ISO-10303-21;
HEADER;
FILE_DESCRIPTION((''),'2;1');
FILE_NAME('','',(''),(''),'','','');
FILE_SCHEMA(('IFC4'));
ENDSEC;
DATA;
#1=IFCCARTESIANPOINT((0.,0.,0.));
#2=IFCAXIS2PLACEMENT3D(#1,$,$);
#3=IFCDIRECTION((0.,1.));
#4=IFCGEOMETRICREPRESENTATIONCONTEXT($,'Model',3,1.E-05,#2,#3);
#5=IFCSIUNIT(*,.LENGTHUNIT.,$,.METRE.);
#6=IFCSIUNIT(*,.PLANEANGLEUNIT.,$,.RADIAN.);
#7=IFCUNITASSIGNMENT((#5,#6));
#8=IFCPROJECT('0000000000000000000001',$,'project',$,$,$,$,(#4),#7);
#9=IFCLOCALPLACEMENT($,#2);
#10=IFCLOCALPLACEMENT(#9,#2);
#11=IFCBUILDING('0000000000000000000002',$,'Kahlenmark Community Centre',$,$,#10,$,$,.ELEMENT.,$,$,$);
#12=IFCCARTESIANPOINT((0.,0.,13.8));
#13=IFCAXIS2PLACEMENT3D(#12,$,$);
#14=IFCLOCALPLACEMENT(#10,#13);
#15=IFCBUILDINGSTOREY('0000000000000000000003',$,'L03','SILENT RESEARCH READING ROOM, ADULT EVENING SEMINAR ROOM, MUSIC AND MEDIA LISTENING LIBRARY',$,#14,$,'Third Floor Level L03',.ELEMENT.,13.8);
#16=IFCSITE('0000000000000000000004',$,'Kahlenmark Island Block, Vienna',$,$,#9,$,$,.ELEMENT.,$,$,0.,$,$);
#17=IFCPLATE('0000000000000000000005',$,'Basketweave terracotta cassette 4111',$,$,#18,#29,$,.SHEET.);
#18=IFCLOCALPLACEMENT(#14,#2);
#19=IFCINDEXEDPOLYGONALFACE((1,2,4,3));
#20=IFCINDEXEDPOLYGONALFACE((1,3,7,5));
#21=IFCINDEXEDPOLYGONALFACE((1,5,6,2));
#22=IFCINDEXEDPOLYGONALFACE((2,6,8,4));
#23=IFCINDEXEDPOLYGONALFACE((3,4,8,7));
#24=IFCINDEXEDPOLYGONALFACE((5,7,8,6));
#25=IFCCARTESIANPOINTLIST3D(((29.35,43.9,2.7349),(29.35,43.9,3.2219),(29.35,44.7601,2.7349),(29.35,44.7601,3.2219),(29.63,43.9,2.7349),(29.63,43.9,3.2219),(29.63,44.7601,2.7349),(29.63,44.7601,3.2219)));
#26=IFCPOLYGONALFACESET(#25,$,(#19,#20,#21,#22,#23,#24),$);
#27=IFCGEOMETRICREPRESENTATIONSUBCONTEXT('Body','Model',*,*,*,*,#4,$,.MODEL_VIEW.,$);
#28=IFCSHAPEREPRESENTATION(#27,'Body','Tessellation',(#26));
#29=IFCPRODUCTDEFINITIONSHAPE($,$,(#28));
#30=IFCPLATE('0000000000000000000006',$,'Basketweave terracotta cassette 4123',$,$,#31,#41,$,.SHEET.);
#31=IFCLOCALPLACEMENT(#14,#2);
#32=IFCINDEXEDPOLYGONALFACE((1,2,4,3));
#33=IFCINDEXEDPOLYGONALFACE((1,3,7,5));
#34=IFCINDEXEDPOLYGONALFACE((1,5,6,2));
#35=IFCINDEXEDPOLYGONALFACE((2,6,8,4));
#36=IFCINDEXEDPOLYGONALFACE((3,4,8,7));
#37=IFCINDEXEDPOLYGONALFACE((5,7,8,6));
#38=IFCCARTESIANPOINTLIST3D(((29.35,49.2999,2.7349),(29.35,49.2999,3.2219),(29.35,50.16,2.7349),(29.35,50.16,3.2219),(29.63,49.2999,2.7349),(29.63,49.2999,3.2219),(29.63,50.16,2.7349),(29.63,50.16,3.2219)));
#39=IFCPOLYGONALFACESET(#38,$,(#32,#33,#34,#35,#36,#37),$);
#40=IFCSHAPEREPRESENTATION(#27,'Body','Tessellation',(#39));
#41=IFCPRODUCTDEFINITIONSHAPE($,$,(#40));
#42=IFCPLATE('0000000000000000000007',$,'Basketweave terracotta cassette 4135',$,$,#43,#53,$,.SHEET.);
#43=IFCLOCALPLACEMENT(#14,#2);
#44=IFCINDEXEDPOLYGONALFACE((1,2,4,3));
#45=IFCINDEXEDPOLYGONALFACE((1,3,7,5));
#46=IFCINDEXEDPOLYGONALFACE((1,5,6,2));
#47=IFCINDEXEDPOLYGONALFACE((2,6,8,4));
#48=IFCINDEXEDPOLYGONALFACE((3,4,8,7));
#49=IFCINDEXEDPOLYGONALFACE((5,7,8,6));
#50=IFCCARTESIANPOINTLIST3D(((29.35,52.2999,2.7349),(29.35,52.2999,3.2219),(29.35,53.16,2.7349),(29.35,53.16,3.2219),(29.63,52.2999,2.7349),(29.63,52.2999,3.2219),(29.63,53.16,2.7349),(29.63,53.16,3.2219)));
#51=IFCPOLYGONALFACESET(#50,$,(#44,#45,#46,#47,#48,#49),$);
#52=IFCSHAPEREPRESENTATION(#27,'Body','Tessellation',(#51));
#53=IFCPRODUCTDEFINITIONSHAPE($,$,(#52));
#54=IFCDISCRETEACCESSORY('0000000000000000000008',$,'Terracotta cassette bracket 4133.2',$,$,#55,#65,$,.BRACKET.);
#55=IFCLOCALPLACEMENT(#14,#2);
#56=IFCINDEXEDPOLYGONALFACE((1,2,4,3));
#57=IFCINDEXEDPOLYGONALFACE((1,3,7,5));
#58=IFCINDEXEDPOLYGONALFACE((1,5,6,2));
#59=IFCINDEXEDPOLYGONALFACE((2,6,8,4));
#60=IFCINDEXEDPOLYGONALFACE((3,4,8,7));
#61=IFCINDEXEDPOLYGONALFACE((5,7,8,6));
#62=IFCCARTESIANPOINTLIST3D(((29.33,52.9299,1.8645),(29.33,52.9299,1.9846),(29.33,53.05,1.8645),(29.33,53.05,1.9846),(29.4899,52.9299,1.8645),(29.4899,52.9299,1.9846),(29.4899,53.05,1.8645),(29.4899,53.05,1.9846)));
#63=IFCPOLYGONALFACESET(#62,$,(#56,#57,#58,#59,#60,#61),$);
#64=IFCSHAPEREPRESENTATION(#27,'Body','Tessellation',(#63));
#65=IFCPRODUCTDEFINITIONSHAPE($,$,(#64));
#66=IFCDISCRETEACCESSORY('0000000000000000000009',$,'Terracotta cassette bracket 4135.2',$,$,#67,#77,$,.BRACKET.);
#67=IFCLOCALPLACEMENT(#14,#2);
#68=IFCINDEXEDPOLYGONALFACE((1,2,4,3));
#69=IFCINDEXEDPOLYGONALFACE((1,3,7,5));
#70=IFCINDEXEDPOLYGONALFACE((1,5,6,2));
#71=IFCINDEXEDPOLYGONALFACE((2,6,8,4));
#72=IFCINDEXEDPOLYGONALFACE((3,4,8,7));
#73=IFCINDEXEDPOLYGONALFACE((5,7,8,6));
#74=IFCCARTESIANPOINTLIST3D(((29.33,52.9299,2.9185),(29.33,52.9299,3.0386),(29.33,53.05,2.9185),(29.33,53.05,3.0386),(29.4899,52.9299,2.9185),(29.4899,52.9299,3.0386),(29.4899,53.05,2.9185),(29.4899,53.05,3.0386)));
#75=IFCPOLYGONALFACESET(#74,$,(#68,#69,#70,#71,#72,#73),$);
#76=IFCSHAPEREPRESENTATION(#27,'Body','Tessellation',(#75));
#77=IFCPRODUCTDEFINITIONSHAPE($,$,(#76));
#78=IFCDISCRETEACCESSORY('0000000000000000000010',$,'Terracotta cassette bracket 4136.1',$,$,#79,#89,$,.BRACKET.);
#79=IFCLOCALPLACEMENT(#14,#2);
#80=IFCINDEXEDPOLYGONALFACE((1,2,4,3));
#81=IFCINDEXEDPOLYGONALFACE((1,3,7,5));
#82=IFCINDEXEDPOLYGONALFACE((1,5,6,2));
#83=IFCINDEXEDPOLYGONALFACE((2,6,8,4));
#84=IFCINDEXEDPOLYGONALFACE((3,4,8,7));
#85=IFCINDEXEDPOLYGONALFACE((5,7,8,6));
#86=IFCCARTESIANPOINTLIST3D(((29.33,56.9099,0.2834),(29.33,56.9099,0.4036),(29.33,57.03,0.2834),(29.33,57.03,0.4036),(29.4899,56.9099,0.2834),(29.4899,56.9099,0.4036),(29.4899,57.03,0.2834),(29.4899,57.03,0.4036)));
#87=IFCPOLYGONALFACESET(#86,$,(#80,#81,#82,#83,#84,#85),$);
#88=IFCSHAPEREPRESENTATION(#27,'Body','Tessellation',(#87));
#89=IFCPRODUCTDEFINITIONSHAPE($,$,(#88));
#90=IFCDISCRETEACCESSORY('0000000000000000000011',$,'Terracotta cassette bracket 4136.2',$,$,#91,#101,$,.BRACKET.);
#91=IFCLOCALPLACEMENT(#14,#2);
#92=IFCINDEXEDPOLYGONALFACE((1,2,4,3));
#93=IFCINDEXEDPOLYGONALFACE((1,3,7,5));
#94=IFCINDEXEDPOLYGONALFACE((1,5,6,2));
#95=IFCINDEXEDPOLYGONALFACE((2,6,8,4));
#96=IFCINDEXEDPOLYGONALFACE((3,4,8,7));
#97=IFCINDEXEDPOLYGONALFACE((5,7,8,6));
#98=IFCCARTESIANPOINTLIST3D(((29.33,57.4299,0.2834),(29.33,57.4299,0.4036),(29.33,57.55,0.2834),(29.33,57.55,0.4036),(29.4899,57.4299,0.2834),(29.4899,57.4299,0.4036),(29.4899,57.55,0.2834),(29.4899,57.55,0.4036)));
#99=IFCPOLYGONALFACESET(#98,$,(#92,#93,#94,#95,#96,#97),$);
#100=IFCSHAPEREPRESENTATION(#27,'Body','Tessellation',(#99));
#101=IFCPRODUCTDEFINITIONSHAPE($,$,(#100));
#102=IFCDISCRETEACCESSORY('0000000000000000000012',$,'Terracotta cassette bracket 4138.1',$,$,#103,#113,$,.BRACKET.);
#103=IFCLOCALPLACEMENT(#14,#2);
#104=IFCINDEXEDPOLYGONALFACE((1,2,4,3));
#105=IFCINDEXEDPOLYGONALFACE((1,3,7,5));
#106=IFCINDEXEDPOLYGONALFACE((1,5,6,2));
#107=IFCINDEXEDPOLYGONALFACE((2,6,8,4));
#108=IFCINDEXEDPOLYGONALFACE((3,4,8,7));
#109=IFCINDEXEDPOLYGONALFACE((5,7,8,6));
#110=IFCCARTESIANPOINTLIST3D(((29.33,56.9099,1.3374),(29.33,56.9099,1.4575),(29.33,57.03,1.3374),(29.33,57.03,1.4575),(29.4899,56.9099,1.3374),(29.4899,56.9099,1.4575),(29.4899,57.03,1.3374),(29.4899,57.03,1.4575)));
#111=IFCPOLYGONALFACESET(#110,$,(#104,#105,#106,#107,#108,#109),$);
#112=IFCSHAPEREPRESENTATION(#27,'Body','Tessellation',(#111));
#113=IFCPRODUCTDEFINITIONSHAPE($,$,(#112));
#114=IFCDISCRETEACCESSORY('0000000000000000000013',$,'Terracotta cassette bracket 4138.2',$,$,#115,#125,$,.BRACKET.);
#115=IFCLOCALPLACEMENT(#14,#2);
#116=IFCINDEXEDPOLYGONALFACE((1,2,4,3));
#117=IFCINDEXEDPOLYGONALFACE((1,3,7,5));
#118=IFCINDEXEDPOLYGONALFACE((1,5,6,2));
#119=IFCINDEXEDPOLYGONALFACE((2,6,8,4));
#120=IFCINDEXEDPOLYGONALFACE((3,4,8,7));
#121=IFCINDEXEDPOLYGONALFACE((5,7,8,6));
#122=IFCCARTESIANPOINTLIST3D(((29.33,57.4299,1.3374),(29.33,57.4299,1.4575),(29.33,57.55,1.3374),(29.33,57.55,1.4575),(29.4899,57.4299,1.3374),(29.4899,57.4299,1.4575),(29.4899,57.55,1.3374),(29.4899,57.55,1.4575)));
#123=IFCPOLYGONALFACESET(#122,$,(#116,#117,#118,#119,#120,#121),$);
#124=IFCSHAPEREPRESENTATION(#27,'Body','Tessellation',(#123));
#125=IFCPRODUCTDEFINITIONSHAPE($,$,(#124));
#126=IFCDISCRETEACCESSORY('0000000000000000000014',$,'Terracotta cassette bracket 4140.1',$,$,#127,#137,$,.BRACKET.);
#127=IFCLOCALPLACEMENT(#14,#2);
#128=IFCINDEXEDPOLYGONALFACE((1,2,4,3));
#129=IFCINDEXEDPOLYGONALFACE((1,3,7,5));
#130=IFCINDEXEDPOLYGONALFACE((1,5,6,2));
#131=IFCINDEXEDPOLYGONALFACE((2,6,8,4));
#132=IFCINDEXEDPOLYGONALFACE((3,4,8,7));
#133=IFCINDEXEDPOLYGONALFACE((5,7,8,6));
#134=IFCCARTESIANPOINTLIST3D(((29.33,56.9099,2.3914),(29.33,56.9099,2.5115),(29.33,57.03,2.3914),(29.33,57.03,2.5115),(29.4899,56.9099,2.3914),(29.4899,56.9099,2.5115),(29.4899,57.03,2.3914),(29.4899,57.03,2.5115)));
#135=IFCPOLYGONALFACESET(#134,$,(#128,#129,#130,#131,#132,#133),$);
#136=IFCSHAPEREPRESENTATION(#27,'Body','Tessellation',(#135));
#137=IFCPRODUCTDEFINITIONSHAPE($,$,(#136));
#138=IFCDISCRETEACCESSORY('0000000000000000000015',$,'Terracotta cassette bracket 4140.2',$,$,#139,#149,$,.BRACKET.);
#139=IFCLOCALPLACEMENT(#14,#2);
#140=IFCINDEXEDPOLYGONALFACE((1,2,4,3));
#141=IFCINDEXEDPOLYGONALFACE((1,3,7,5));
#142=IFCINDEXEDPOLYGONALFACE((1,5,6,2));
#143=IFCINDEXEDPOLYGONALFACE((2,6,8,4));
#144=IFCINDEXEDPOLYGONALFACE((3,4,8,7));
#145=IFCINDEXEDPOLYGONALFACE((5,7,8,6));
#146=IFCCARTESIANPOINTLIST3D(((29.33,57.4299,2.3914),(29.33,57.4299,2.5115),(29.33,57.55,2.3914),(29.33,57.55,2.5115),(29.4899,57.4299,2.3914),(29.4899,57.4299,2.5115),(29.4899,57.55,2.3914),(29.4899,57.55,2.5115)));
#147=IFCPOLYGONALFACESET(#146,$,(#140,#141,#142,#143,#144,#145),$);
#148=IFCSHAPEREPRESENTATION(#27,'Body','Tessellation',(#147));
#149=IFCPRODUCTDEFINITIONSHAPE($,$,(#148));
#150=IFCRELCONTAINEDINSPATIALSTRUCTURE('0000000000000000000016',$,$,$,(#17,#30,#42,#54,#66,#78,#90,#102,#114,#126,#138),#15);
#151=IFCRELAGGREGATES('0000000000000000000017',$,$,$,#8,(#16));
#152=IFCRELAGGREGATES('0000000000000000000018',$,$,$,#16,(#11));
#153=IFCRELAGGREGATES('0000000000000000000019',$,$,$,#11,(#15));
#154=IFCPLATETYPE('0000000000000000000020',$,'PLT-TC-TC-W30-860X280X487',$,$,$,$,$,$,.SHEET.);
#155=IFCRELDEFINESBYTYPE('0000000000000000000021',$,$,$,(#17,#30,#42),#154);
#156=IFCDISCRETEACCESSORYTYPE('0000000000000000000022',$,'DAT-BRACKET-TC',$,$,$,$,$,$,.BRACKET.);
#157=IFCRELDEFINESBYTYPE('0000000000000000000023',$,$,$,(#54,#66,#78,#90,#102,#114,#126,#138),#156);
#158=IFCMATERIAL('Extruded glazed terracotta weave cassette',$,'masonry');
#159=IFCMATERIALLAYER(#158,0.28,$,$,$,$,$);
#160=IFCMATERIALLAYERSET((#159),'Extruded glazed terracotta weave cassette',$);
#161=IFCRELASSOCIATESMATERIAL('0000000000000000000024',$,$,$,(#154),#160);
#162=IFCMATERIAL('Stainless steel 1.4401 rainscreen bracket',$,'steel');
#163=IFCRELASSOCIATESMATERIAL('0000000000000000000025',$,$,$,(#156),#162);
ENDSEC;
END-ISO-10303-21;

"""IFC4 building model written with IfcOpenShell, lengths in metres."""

from ifc_helpers import new_model, si_unit, direction, frame, origin, origin_2d, place, context, subcontext, project, spatial, rectangle, extrude, material, layer, layer_set, type_object, element, save


model = new_model("IFC4")

# Units and contexts
model_context = context("Model", 3, precision=1e-05, world=origin(), true_north=direction((0.0, 1.0)))
body_context = subcontext(model_context, "Body", "Model", "MODEL_VIEW")
ifc_project = project(units=[si_unit("LENGTHUNIT", "METRE"), si_unit("PLANEANGLEUNIT", "RADIAN")], contexts=[model_context])

# Site, building, storey
site_placement = place(None, origin())
site = spatial("IfcSite", under=ifc_project, at=site_placement, Name="Kahlenmark Island Block, Vienna", CompositionType="ELEMENT", RefElevation=0.0)
building_placement = place(site_placement, origin())
building = spatial("IfcBuilding", under=site, at=building_placement, Name="Kahlenmark Community Centre", CompositionType="ELEMENT")
storey_placement = place(building_placement, frame((0.0, 0.0, 13.8)))
storey = spatial("IfcBuildingStorey", under=building, at=storey_placement, Name="L03", Description="SILENT RESEARCH READING ROOM, ADULT EVENING SEMINAR ROOM, MUSIC AND MEDIA LISTENING LIBRARY", LongName="Third Floor Level L03", CompositionType="ELEMENT", Elevation=13.8)

# Plates
ifc_material_1 = material(Name="Extruded glazed terracotta weave cassette", Category="masonry")
ifc_layer_1 = layer(ifc_material_1, 0.28)
ifc_layer_set_1 = layer_set([ifc_layer_1], Name="Extruded glazed terracotta weave cassette")
plate_type_1 = type_object("IfcPlateType", Name="PLT-TC-TC-W30-860X280X487", PredefinedType="SHEET", material=ifc_layer_set_1)
for number, where, z_axis, x_axis, name in (
    (1, (29.49, 44.3301, 2.7349), (0.0, 0.0, 1.0), (0.0, 1.0, 0.0), "Basketweave terracotta cassette 4111"),
    (2, (29.49, 49.73, 2.7349), (0.0, 0.0, 1.0), (0.0, 1.0, 0.0), "Basketweave terracotta cassette 4123"),
    (3, (29.49, 52.73, 2.7349), (0.0, 0.0, 1.0), (0.0, 1.0, 0.0), "Basketweave terracotta cassette 4135"),
):
    element("IfcPlate", number, at=place(storey_placement, frame(where, z_axis=z_axis, x_axis=x_axis)), inside=storey, type_object=plate_type_1, Name=name, PredefinedType="SHEET", context=body_context, shape_type="SweptSolid", body=[
        extrude(rectangle(XDim=0.8601, YDim=0.28, at=origin_2d()), origin(), (0.0, 0.0, 1.0), 0.4871),
    ])

# Discrete accessories
ifc_material_2 = material(Name="Stainless steel 1.4401 rainscreen bracket", Category="steel")
discrete_accessory_type = type_object("IfcDiscreteAccessoryType", Name="DAT-BRACKET-TC", PredefinedType="BRACKET", material=ifc_material_2)
for number, where, z_axis, x_axis, name in (
    (4, (29.4099, 52.99, 1.8645), (0.0, 0.0, 1.0), (0.0, 1.0, 0.0), "Terracotta cassette bracket 4133.2"),
    (5, (29.4099, 52.99, 2.9185), (0.0, 0.0, 1.0), (0.0, 1.0, 0.0), "Terracotta cassette bracket 4135.2"),
    (6, (29.4099, 56.97, 0.2834), (0.0, 0.0, 1.0), (0.0, 1.0, 0.0), "Terracotta cassette bracket 4136.1"),
    (7, (29.4099, 57.49, 0.2834), (0.0, 0.0, 1.0), (0.0, 1.0, 0.0), "Terracotta cassette bracket 4136.2"),
    (8, (29.4099, 56.97, 1.3374), (0.0, 0.0, 1.0), (0.0, 1.0, 0.0), "Terracotta cassette bracket 4138.1"),
    (9, (29.4099, 57.49, 1.3374), (0.0, 0.0, 1.0), (0.0, 1.0, 0.0), "Terracotta cassette bracket 4138.2"),
    (10, (29.4099, 56.97, 2.3914), (0.0, 0.0, 1.0), (0.0, 1.0, 0.0), "Terracotta cassette bracket 4140.1"),
    (11, (29.4099, 57.49, 2.3914), (0.0, 0.0, 1.0), (0.0, 1.0, 0.0), "Terracotta cassette bracket 4140.2"),
):
    element("IfcDiscreteAccessory", number, at=place(storey_placement, frame(where, z_axis=z_axis, x_axis=x_axis)), inside=storey, type_object=discrete_accessory_type, Name=name, PredefinedType="BRACKET", context=body_context, shape_type="SweptSolid", body=[
        extrude(rectangle(XDim=0.1201, YDim=0.1599, at=origin_2d()), origin(), (0.0, 0.0, 1.0), 0.1201),
    ])

save(model, "model.ifc")
